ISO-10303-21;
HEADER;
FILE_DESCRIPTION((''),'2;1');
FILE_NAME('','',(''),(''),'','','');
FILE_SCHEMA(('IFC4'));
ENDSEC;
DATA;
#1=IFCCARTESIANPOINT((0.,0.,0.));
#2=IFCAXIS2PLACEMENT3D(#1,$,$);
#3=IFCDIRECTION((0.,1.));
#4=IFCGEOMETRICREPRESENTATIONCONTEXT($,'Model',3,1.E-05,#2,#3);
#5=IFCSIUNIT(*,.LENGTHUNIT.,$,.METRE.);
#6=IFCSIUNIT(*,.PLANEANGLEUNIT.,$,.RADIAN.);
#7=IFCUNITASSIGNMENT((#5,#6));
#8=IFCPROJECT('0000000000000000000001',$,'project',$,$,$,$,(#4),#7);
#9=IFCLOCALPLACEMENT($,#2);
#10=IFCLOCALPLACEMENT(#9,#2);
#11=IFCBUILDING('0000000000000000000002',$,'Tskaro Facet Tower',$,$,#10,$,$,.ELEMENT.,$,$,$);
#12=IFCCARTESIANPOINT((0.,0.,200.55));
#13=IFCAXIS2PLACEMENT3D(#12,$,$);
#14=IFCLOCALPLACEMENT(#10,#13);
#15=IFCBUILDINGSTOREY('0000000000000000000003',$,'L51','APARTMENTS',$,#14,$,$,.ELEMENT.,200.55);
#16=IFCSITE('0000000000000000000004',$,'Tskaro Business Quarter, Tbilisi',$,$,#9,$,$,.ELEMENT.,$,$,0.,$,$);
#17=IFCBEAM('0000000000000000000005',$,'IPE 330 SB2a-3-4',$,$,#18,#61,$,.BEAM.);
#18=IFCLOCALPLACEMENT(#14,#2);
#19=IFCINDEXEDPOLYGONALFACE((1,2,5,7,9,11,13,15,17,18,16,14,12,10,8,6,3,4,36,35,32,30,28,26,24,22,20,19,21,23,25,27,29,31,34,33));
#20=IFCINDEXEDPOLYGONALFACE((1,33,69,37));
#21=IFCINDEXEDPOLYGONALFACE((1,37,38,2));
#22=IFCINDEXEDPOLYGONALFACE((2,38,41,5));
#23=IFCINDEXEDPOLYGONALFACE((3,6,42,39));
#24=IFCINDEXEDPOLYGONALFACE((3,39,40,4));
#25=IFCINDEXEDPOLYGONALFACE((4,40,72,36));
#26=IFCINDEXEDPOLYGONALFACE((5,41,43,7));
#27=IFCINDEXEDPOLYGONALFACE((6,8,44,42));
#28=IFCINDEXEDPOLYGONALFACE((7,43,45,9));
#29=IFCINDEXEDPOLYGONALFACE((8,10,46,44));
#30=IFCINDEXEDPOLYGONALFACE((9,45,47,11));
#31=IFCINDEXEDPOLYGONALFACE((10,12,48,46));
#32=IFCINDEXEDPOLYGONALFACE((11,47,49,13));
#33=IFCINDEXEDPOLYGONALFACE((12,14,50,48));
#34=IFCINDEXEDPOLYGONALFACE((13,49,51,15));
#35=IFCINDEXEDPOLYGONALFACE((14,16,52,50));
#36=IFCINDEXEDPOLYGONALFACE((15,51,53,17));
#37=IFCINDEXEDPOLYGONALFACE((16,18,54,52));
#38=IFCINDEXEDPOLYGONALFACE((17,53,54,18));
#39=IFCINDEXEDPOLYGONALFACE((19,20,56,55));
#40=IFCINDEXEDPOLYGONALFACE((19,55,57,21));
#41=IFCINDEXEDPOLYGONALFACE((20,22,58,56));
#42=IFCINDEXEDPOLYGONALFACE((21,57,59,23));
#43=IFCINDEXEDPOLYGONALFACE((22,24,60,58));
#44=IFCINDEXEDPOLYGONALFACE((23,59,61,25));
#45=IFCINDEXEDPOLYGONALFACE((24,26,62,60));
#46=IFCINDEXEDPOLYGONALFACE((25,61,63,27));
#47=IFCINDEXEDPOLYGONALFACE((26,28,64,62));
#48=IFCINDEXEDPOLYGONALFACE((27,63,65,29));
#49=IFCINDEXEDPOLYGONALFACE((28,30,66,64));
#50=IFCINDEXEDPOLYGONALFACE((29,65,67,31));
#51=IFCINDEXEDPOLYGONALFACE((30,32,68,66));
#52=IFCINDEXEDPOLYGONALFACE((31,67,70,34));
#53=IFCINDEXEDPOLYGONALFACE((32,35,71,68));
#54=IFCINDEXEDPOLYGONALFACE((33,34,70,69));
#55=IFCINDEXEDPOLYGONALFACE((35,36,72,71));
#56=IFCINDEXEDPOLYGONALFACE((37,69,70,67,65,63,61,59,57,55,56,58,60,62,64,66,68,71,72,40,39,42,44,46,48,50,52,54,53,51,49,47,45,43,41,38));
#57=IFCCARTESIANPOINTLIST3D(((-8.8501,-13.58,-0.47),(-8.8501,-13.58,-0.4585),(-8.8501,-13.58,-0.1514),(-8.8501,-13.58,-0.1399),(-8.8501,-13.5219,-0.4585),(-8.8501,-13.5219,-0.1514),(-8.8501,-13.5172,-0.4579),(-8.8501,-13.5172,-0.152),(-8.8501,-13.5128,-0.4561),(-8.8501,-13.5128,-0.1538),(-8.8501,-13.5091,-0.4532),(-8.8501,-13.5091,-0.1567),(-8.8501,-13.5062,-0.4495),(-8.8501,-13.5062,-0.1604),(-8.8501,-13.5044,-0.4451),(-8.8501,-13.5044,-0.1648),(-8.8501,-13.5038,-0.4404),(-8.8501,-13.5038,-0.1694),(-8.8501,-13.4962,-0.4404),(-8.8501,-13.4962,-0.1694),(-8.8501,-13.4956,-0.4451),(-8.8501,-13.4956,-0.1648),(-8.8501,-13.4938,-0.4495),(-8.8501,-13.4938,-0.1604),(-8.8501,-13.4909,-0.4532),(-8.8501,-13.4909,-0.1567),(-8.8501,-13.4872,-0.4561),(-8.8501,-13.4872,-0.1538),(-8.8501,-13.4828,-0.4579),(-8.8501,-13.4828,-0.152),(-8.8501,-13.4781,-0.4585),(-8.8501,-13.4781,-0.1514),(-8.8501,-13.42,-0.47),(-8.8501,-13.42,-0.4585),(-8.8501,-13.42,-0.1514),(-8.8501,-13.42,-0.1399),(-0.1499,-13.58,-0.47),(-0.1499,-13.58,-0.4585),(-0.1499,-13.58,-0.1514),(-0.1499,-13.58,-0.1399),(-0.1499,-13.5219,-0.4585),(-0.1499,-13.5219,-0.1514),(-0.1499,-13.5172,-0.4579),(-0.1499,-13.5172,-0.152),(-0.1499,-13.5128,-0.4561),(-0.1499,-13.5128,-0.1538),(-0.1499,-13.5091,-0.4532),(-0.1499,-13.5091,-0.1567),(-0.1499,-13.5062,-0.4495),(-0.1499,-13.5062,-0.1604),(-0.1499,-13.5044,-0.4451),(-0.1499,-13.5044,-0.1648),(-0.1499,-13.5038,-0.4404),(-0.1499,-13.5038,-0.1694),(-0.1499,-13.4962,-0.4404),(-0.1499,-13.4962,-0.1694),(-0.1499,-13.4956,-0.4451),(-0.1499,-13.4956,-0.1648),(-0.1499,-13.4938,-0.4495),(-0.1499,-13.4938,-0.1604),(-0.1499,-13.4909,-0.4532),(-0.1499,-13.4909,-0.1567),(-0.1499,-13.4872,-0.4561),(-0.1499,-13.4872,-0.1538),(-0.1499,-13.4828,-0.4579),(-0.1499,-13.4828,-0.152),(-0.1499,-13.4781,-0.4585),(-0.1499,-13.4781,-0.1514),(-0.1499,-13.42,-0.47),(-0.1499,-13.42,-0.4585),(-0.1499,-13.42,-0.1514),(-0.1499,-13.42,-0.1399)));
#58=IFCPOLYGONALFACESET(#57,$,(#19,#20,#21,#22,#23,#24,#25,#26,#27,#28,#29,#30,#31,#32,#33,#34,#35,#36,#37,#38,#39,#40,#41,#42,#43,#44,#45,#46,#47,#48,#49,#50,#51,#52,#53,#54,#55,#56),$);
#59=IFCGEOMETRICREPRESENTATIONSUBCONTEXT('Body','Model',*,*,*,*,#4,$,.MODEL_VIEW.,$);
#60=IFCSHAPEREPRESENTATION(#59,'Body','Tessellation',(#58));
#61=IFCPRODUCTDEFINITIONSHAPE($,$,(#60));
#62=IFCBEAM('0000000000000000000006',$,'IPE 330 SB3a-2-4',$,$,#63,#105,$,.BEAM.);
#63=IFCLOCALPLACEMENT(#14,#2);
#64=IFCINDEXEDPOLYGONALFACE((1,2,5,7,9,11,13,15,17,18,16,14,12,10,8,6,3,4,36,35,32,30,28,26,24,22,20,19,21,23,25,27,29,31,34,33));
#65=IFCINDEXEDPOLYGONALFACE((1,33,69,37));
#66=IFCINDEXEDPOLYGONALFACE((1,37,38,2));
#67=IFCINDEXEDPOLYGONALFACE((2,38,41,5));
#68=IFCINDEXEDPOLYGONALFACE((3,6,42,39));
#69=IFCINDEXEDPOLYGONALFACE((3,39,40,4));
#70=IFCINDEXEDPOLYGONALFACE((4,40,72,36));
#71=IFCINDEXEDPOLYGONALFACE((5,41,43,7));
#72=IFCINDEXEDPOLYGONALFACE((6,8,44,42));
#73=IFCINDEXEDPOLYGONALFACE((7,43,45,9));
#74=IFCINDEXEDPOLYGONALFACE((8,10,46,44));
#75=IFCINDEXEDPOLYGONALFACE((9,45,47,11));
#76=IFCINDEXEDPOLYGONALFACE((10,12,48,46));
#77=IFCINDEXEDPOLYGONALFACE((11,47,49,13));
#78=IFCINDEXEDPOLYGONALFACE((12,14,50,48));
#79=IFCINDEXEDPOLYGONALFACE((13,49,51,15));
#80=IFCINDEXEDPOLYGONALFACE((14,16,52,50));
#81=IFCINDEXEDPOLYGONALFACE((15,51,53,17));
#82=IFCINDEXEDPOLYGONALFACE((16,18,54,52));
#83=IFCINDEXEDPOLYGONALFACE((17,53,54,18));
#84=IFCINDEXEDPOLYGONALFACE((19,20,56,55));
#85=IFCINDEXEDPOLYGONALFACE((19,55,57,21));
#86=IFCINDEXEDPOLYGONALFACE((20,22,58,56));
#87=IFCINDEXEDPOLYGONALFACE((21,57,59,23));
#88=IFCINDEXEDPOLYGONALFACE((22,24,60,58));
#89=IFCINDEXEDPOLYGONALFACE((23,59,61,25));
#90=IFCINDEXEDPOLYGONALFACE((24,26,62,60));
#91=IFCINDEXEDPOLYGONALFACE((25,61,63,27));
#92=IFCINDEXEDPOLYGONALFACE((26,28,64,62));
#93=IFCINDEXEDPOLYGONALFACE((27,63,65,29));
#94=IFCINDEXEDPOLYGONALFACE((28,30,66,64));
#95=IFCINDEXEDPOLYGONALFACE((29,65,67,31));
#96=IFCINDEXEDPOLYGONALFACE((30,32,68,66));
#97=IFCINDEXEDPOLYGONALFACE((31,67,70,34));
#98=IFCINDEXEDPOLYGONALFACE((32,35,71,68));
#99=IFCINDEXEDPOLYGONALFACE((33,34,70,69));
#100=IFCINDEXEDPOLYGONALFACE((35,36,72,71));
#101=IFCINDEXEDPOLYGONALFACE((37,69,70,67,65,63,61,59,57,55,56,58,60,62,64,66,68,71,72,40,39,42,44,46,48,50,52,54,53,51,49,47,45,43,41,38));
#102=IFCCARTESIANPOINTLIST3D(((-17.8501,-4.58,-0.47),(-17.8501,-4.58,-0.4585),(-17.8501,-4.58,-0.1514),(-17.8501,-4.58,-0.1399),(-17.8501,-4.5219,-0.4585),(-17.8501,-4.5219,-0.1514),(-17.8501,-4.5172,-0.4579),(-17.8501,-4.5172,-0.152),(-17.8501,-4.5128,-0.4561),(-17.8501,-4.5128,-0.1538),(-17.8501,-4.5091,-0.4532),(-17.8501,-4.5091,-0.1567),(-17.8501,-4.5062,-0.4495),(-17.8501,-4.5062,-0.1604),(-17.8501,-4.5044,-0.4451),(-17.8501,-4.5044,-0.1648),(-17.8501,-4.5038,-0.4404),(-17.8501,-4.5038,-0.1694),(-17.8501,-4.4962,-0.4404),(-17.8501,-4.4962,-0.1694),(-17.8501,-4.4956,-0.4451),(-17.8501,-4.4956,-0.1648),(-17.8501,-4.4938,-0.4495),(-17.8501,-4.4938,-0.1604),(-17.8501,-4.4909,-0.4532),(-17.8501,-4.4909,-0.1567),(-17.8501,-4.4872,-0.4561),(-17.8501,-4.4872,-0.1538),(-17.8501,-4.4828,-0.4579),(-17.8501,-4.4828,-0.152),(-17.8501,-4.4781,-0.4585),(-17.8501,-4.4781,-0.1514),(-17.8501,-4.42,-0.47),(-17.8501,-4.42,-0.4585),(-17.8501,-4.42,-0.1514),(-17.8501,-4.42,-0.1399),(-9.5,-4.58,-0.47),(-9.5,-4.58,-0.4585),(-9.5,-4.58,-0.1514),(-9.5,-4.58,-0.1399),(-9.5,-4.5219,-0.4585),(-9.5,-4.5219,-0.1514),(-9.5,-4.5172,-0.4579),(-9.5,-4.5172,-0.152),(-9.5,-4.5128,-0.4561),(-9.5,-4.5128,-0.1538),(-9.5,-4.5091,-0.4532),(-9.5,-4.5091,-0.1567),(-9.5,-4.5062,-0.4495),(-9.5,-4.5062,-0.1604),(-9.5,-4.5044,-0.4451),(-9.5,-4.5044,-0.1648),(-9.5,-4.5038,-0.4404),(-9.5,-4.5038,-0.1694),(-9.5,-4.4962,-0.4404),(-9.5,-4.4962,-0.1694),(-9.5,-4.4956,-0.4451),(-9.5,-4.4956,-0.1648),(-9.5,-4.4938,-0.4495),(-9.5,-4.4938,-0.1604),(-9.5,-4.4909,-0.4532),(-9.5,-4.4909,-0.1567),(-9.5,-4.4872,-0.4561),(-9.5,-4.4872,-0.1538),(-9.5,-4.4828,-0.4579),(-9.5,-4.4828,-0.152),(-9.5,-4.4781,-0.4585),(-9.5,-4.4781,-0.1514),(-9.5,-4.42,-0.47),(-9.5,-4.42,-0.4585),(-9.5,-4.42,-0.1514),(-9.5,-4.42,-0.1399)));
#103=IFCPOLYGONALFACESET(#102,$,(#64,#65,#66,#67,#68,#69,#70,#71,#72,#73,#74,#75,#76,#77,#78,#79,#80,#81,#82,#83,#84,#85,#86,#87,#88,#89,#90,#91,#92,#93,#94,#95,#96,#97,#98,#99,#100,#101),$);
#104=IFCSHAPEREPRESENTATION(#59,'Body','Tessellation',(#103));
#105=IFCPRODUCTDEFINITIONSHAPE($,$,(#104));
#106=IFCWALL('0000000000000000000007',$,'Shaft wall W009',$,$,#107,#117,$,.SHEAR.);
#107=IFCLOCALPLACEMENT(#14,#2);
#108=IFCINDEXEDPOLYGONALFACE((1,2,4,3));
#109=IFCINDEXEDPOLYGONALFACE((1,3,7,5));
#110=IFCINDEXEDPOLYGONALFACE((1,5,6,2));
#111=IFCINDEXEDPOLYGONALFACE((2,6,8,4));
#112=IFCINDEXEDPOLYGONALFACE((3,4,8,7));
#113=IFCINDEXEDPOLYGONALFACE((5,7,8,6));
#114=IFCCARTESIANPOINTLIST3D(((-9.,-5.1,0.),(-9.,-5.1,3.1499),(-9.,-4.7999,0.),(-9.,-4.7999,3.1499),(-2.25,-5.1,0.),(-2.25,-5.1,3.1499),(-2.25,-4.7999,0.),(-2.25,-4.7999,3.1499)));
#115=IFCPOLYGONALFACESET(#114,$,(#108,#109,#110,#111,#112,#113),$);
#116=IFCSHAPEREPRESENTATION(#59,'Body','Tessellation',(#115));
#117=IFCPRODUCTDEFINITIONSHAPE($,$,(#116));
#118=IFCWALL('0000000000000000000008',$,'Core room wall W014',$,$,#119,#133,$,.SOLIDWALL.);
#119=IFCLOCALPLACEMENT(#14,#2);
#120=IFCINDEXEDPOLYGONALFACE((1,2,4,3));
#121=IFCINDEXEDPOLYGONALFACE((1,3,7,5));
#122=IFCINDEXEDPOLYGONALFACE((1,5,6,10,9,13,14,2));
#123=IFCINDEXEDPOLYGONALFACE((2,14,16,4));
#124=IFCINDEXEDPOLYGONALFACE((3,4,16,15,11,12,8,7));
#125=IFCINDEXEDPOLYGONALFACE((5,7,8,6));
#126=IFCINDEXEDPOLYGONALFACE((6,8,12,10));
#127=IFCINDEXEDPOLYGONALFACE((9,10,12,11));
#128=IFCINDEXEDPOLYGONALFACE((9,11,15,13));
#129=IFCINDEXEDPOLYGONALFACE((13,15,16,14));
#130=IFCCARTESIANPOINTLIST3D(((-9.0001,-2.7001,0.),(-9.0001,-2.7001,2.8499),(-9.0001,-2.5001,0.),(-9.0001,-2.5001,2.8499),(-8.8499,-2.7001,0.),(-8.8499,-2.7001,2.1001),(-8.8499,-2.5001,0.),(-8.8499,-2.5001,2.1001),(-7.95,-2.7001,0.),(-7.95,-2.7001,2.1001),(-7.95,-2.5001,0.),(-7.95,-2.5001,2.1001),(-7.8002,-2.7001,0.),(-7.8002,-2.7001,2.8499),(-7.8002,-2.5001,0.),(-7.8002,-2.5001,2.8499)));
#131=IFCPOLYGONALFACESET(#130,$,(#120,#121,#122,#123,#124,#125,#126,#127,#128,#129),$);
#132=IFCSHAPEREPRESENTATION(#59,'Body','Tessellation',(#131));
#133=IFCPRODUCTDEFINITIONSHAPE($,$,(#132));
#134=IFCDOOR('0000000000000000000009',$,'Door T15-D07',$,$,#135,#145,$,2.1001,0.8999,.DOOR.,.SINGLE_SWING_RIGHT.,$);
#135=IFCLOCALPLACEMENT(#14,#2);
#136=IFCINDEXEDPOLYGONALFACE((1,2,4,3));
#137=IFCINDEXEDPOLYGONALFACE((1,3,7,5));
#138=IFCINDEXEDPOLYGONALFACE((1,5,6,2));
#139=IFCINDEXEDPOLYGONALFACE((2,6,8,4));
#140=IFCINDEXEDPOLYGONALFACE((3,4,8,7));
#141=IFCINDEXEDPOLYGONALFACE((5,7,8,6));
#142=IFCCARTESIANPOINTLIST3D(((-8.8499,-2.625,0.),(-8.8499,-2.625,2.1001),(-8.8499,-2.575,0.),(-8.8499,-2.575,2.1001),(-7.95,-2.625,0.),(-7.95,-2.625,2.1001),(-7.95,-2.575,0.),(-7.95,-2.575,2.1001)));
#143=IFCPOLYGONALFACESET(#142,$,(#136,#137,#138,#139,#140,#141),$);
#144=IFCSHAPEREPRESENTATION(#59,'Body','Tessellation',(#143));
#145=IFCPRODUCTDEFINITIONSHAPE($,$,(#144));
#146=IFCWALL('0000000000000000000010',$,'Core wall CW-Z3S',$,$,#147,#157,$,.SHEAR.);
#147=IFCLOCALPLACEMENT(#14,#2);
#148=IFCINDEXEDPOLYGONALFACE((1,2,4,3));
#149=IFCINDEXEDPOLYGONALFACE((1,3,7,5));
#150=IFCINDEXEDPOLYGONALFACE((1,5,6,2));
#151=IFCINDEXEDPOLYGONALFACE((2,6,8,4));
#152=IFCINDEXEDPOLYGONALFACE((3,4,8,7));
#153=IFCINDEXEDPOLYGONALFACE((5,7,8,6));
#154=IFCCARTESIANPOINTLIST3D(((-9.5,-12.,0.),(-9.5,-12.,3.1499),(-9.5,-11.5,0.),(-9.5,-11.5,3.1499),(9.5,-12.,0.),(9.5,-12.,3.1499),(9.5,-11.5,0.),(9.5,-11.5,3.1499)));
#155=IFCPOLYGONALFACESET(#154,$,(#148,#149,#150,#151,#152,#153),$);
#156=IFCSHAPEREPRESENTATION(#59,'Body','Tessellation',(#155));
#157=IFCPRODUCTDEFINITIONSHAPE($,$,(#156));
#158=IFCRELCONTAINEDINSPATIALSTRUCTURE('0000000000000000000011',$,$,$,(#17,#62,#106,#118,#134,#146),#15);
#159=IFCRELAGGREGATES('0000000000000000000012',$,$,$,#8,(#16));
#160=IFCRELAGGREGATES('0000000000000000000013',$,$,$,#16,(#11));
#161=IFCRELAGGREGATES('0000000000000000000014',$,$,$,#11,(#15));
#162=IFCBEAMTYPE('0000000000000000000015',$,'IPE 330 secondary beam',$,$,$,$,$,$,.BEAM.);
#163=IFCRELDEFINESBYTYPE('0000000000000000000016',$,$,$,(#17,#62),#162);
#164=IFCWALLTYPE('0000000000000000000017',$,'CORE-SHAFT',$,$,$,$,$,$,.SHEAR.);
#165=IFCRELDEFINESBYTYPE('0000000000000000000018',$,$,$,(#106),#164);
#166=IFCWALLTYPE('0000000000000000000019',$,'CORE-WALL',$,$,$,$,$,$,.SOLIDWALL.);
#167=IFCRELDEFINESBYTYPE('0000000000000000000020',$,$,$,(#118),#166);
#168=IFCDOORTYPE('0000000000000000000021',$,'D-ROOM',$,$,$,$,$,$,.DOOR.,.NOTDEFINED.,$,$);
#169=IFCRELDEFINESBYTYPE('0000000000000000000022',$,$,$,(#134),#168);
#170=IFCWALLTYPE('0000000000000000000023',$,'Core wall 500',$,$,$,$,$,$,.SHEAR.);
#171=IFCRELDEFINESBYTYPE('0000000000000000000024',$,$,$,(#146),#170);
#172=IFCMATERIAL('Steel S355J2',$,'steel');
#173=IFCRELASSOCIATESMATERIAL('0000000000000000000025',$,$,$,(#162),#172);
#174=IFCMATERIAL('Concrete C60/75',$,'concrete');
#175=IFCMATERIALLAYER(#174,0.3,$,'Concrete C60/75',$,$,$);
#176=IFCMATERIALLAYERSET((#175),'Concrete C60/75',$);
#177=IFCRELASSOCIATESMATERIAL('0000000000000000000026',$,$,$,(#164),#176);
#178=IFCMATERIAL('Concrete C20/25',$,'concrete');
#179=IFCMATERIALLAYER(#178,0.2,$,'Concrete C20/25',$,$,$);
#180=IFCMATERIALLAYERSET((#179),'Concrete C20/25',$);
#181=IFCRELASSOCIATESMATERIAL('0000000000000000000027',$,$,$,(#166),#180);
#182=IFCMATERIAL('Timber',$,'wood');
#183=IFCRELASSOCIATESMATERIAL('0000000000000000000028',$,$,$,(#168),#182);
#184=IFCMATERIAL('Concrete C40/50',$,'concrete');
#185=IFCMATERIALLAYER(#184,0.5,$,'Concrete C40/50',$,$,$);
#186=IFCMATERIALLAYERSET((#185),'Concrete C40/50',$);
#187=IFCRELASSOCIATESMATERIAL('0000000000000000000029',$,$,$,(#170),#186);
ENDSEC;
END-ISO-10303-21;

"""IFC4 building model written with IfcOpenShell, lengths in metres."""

from ifc_helpers import new_model, si_unit, direction, frame, frame_2d, origin, origin_2d, place, context, subcontext, project, spatial, rectangle, i_section, extrude, material, layer, layer_set, material_profile, profile_set, type_object, element, fill, save


model = new_model("IFC4")

# Units and contexts
model_context = context("Model", 3, precision=1e-05, world=origin(), true_north=direction((0.0, 1.0)))
body_context = subcontext(model_context, "Body", "Model", "MODEL_VIEW")
ifc_project = project(units=[si_unit("LENGTHUNIT", "METRE"), si_unit("PLANEANGLEUNIT", "RADIAN")], contexts=[model_context])

# Site, building, storey
site_placement = place(None, origin())
site = spatial("IfcSite", under=ifc_project, at=site_placement, Name="Tskaro Business Quarter, Tbilisi", CompositionType="ELEMENT", RefElevation=0.0)
building_placement = place(site_placement, origin())
building = spatial("IfcBuilding", under=site, at=building_placement, Name="Tskaro Facet Tower", CompositionType="ELEMENT")
storey_placement = place(building_placement, frame((0.0, 0.0, 200.55)))
storey = spatial("IfcBuildingStorey", under=building, at=storey_placement, Name="L51", Description="APARTMENTS", CompositionType="ELEMENT", Elevation=200.55)

# Beams
ifc_material_1 = material(Name="Steel S355J2", Category="steel")
ifc_material_profile = material_profile(ifc_material_1, i_section(OverallWidth=0.1599, OverallDepth=0.3301, WebThickness=0.0076, FlangeThickness=0.0115, FilletRadius=0.0181, at=origin_2d()), Name="IPE 330")
ifc_profile_set = profile_set([ifc_material_profile], Name="Steel S355J2")
beam_type = type_object("IfcBeamType", Name="IPE 330 secondary beam", PredefinedType="BEAM", material=ifc_profile_set)
beam_1_placement = place(storey_placement, frame((-8.8501, -13.5, -0.3049), z_axis=(1.0, 0.0, 0.0), x_axis=(0.0, 1.0, 0.0)))
element("IfcBeam", 1, at=beam_1_placement, inside=storey, type_object=beam_type, Name="IPE 330 SB2a-3-4", PredefinedType="BEAM", context=body_context, shape_type="SweptSolid", body=[
    extrude(i_section(OverallWidth=0.1599, OverallDepth=0.3301, WebThickness=0.0076, FlangeThickness=0.0115, FilletRadius=0.0181, at=origin_2d()), origin(), (0.0, 0.0, 1.0), 8.7002),
])
beam_2_placement = place(storey_placement, frame((-17.8501, -4.5, -0.3049), z_axis=(1.0, 0.0, 0.0), x_axis=(0.0, 1.0, 0.0)))
element("IfcBeam", 2, at=beam_2_placement, inside=storey, type_object=beam_type, Name="IPE 330 SB3a-2-4", PredefinedType="BEAM", context=body_context, shape_type="SweptSolid", body=[
    extrude(i_section(OverallWidth=0.1599, OverallDepth=0.3301, WebThickness=0.0076, FlangeThickness=0.0115, FilletRadius=0.0181, at=origin_2d()), origin(), (0.0, 0.0, 1.0), 8.3501),
])

# Wall
ifc_material_2 = material(Name="Concrete C60/75", Category="concrete")
ifc_layer_1 = layer(ifc_material_2, 0.3, Name="Concrete C60/75")
ifc_layer_set_1 = layer_set([ifc_layer_1], Name="Concrete C60/75")
wall_type_1 = type_object("IfcWallType", Name="CORE-SHAFT", PredefinedType="SHEAR", material=ifc_layer_set_1)
wall_1_placement = place(storey_placement, frame((-9.0, -4.95, 0.0), z_axis=(0.0, 0.0, 1.0), x_axis=(1.0, 0.0, 0.0)))
element("IfcWall", 3, at=wall_1_placement, inside=storey, type_object=wall_type_1, Name="Shaft wall W009", PredefinedType="SHEAR", context=body_context, shape_type="SweptSolid", body=[
    extrude(rectangle(XDim=6.75, YDim=0.3, at=frame_2d((3.375, 0.0))), origin(), (0.0, 0.0, 1.0), 3.1499),
])

# Wall, opening, door
ifc_material_3 = material(Name="Concrete C20/25", Category="concrete")
ifc_layer_2 = layer(ifc_material_3, 0.2, Name="Concrete C20/25")
ifc_layer_set_2 = layer_set([ifc_layer_2], Name="Concrete C20/25")
wall_type_2 = type_object("IfcWallType", Name="CORE-WALL", PredefinedType="SOLIDWALL", material=ifc_layer_set_2)
wall_2_placement = place(storey_placement, frame((-7.8, -2.6001, 0.0), z_axis=(0.0, 0.0, 1.0), x_axis=(-1.0, 0.0, 0.0)))
wall_2 = element("IfcWall", 4, at=wall_2_placement, inside=storey, type_object=wall_type_2, Name="Core room wall W014", PredefinedType="SOLIDWALL", context=body_context, shape_type="SweptSolid", body=[
    extrude(rectangle(XDim=1.2, YDim=0.2, at=frame_2d((0.6001, 0.0))), origin(), (0.0, 0.0, 1.0), 2.8499),
])
opening_1_placement = place(wall_2_placement, frame((0.1499, 0.0, 0.0)))
opening_1 = element("IfcOpeningElement", 5, at=opening_1_placement, cuts=wall_2, PredefinedType="OPENING", context=body_context, shape_type="SweptSolid", body=[
    extrude(rectangle(XDim=0.8999, YDim=2.1001, at=frame_2d((0.45, 1.05))), frame((0.0, 0.1099, 0.0), z_axis=(0.0, -1.0, 0.0), x_axis=(1.0, 0.0, 0.0)), (0.0, 0.0, 1.0), 0.22),
])
ifc_material_4 = material(Name="Timber", Category="wood")
door_type_1 = type_object("IfcDoorType", Name="D-ROOM", OperationType="NOTDEFINED", PredefinedType="DOOR", material=ifc_material_4)
door_1_placement = place(opening_1_placement, origin())
door_1 = element("IfcDoor", 6, at=door_1_placement, inside=storey, type_object=door_type_1, Name="Door T15-D07", OperationType="SINGLE_SWING_RIGHT", OverallHeight=2.1001, OverallWidth=0.8999, PredefinedType="DOOR", context=body_context, shape_type="SweptSolid", body=[
    extrude(rectangle(XDim=0.8999, YDim=2.1001, at=frame_2d((0.45, 1.05))), frame((0.0, 0.0249, 0.0), z_axis=(0.0, -1.0, 0.0), x_axis=(1.0, 0.0, 0.0)), (0.0, 0.0, 1.0), 0.05),
])
fill(opening_1, door_1)

# Wall
ifc_material_5 = material(Name="Concrete C40/50", Category="concrete")
ifc_layer_3 = layer(ifc_material_5, 0.5, Name="Concrete C40/50")
ifc_layer_set_3 = layer_set([ifc_layer_3], Name="Concrete C40/50")
wall_type_3 = type_object("IfcWallType", Name="Core wall 500", PredefinedType="SHEAR", material=ifc_layer_set_3)
wall_3_placement = place(storey_placement, frame((-9.5, -11.75, 0.0), z_axis=(0.0, 0.0, 1.0), x_axis=(1.0, 0.0, 0.0)))
element("IfcWall", 7, at=wall_3_placement, inside=storey, type_object=wall_type_3, Name="Core wall CW-Z3S", PredefinedType="SHEAR", context=body_context, shape_type="SweptSolid", body=[
    extrude(rectangle(XDim=19.0, YDim=0.5, at=frame_2d((9.5, 0.0))), origin(), (0.0, 0.0, 1.0), 3.1499),
])

save(model, "model.ifc")
